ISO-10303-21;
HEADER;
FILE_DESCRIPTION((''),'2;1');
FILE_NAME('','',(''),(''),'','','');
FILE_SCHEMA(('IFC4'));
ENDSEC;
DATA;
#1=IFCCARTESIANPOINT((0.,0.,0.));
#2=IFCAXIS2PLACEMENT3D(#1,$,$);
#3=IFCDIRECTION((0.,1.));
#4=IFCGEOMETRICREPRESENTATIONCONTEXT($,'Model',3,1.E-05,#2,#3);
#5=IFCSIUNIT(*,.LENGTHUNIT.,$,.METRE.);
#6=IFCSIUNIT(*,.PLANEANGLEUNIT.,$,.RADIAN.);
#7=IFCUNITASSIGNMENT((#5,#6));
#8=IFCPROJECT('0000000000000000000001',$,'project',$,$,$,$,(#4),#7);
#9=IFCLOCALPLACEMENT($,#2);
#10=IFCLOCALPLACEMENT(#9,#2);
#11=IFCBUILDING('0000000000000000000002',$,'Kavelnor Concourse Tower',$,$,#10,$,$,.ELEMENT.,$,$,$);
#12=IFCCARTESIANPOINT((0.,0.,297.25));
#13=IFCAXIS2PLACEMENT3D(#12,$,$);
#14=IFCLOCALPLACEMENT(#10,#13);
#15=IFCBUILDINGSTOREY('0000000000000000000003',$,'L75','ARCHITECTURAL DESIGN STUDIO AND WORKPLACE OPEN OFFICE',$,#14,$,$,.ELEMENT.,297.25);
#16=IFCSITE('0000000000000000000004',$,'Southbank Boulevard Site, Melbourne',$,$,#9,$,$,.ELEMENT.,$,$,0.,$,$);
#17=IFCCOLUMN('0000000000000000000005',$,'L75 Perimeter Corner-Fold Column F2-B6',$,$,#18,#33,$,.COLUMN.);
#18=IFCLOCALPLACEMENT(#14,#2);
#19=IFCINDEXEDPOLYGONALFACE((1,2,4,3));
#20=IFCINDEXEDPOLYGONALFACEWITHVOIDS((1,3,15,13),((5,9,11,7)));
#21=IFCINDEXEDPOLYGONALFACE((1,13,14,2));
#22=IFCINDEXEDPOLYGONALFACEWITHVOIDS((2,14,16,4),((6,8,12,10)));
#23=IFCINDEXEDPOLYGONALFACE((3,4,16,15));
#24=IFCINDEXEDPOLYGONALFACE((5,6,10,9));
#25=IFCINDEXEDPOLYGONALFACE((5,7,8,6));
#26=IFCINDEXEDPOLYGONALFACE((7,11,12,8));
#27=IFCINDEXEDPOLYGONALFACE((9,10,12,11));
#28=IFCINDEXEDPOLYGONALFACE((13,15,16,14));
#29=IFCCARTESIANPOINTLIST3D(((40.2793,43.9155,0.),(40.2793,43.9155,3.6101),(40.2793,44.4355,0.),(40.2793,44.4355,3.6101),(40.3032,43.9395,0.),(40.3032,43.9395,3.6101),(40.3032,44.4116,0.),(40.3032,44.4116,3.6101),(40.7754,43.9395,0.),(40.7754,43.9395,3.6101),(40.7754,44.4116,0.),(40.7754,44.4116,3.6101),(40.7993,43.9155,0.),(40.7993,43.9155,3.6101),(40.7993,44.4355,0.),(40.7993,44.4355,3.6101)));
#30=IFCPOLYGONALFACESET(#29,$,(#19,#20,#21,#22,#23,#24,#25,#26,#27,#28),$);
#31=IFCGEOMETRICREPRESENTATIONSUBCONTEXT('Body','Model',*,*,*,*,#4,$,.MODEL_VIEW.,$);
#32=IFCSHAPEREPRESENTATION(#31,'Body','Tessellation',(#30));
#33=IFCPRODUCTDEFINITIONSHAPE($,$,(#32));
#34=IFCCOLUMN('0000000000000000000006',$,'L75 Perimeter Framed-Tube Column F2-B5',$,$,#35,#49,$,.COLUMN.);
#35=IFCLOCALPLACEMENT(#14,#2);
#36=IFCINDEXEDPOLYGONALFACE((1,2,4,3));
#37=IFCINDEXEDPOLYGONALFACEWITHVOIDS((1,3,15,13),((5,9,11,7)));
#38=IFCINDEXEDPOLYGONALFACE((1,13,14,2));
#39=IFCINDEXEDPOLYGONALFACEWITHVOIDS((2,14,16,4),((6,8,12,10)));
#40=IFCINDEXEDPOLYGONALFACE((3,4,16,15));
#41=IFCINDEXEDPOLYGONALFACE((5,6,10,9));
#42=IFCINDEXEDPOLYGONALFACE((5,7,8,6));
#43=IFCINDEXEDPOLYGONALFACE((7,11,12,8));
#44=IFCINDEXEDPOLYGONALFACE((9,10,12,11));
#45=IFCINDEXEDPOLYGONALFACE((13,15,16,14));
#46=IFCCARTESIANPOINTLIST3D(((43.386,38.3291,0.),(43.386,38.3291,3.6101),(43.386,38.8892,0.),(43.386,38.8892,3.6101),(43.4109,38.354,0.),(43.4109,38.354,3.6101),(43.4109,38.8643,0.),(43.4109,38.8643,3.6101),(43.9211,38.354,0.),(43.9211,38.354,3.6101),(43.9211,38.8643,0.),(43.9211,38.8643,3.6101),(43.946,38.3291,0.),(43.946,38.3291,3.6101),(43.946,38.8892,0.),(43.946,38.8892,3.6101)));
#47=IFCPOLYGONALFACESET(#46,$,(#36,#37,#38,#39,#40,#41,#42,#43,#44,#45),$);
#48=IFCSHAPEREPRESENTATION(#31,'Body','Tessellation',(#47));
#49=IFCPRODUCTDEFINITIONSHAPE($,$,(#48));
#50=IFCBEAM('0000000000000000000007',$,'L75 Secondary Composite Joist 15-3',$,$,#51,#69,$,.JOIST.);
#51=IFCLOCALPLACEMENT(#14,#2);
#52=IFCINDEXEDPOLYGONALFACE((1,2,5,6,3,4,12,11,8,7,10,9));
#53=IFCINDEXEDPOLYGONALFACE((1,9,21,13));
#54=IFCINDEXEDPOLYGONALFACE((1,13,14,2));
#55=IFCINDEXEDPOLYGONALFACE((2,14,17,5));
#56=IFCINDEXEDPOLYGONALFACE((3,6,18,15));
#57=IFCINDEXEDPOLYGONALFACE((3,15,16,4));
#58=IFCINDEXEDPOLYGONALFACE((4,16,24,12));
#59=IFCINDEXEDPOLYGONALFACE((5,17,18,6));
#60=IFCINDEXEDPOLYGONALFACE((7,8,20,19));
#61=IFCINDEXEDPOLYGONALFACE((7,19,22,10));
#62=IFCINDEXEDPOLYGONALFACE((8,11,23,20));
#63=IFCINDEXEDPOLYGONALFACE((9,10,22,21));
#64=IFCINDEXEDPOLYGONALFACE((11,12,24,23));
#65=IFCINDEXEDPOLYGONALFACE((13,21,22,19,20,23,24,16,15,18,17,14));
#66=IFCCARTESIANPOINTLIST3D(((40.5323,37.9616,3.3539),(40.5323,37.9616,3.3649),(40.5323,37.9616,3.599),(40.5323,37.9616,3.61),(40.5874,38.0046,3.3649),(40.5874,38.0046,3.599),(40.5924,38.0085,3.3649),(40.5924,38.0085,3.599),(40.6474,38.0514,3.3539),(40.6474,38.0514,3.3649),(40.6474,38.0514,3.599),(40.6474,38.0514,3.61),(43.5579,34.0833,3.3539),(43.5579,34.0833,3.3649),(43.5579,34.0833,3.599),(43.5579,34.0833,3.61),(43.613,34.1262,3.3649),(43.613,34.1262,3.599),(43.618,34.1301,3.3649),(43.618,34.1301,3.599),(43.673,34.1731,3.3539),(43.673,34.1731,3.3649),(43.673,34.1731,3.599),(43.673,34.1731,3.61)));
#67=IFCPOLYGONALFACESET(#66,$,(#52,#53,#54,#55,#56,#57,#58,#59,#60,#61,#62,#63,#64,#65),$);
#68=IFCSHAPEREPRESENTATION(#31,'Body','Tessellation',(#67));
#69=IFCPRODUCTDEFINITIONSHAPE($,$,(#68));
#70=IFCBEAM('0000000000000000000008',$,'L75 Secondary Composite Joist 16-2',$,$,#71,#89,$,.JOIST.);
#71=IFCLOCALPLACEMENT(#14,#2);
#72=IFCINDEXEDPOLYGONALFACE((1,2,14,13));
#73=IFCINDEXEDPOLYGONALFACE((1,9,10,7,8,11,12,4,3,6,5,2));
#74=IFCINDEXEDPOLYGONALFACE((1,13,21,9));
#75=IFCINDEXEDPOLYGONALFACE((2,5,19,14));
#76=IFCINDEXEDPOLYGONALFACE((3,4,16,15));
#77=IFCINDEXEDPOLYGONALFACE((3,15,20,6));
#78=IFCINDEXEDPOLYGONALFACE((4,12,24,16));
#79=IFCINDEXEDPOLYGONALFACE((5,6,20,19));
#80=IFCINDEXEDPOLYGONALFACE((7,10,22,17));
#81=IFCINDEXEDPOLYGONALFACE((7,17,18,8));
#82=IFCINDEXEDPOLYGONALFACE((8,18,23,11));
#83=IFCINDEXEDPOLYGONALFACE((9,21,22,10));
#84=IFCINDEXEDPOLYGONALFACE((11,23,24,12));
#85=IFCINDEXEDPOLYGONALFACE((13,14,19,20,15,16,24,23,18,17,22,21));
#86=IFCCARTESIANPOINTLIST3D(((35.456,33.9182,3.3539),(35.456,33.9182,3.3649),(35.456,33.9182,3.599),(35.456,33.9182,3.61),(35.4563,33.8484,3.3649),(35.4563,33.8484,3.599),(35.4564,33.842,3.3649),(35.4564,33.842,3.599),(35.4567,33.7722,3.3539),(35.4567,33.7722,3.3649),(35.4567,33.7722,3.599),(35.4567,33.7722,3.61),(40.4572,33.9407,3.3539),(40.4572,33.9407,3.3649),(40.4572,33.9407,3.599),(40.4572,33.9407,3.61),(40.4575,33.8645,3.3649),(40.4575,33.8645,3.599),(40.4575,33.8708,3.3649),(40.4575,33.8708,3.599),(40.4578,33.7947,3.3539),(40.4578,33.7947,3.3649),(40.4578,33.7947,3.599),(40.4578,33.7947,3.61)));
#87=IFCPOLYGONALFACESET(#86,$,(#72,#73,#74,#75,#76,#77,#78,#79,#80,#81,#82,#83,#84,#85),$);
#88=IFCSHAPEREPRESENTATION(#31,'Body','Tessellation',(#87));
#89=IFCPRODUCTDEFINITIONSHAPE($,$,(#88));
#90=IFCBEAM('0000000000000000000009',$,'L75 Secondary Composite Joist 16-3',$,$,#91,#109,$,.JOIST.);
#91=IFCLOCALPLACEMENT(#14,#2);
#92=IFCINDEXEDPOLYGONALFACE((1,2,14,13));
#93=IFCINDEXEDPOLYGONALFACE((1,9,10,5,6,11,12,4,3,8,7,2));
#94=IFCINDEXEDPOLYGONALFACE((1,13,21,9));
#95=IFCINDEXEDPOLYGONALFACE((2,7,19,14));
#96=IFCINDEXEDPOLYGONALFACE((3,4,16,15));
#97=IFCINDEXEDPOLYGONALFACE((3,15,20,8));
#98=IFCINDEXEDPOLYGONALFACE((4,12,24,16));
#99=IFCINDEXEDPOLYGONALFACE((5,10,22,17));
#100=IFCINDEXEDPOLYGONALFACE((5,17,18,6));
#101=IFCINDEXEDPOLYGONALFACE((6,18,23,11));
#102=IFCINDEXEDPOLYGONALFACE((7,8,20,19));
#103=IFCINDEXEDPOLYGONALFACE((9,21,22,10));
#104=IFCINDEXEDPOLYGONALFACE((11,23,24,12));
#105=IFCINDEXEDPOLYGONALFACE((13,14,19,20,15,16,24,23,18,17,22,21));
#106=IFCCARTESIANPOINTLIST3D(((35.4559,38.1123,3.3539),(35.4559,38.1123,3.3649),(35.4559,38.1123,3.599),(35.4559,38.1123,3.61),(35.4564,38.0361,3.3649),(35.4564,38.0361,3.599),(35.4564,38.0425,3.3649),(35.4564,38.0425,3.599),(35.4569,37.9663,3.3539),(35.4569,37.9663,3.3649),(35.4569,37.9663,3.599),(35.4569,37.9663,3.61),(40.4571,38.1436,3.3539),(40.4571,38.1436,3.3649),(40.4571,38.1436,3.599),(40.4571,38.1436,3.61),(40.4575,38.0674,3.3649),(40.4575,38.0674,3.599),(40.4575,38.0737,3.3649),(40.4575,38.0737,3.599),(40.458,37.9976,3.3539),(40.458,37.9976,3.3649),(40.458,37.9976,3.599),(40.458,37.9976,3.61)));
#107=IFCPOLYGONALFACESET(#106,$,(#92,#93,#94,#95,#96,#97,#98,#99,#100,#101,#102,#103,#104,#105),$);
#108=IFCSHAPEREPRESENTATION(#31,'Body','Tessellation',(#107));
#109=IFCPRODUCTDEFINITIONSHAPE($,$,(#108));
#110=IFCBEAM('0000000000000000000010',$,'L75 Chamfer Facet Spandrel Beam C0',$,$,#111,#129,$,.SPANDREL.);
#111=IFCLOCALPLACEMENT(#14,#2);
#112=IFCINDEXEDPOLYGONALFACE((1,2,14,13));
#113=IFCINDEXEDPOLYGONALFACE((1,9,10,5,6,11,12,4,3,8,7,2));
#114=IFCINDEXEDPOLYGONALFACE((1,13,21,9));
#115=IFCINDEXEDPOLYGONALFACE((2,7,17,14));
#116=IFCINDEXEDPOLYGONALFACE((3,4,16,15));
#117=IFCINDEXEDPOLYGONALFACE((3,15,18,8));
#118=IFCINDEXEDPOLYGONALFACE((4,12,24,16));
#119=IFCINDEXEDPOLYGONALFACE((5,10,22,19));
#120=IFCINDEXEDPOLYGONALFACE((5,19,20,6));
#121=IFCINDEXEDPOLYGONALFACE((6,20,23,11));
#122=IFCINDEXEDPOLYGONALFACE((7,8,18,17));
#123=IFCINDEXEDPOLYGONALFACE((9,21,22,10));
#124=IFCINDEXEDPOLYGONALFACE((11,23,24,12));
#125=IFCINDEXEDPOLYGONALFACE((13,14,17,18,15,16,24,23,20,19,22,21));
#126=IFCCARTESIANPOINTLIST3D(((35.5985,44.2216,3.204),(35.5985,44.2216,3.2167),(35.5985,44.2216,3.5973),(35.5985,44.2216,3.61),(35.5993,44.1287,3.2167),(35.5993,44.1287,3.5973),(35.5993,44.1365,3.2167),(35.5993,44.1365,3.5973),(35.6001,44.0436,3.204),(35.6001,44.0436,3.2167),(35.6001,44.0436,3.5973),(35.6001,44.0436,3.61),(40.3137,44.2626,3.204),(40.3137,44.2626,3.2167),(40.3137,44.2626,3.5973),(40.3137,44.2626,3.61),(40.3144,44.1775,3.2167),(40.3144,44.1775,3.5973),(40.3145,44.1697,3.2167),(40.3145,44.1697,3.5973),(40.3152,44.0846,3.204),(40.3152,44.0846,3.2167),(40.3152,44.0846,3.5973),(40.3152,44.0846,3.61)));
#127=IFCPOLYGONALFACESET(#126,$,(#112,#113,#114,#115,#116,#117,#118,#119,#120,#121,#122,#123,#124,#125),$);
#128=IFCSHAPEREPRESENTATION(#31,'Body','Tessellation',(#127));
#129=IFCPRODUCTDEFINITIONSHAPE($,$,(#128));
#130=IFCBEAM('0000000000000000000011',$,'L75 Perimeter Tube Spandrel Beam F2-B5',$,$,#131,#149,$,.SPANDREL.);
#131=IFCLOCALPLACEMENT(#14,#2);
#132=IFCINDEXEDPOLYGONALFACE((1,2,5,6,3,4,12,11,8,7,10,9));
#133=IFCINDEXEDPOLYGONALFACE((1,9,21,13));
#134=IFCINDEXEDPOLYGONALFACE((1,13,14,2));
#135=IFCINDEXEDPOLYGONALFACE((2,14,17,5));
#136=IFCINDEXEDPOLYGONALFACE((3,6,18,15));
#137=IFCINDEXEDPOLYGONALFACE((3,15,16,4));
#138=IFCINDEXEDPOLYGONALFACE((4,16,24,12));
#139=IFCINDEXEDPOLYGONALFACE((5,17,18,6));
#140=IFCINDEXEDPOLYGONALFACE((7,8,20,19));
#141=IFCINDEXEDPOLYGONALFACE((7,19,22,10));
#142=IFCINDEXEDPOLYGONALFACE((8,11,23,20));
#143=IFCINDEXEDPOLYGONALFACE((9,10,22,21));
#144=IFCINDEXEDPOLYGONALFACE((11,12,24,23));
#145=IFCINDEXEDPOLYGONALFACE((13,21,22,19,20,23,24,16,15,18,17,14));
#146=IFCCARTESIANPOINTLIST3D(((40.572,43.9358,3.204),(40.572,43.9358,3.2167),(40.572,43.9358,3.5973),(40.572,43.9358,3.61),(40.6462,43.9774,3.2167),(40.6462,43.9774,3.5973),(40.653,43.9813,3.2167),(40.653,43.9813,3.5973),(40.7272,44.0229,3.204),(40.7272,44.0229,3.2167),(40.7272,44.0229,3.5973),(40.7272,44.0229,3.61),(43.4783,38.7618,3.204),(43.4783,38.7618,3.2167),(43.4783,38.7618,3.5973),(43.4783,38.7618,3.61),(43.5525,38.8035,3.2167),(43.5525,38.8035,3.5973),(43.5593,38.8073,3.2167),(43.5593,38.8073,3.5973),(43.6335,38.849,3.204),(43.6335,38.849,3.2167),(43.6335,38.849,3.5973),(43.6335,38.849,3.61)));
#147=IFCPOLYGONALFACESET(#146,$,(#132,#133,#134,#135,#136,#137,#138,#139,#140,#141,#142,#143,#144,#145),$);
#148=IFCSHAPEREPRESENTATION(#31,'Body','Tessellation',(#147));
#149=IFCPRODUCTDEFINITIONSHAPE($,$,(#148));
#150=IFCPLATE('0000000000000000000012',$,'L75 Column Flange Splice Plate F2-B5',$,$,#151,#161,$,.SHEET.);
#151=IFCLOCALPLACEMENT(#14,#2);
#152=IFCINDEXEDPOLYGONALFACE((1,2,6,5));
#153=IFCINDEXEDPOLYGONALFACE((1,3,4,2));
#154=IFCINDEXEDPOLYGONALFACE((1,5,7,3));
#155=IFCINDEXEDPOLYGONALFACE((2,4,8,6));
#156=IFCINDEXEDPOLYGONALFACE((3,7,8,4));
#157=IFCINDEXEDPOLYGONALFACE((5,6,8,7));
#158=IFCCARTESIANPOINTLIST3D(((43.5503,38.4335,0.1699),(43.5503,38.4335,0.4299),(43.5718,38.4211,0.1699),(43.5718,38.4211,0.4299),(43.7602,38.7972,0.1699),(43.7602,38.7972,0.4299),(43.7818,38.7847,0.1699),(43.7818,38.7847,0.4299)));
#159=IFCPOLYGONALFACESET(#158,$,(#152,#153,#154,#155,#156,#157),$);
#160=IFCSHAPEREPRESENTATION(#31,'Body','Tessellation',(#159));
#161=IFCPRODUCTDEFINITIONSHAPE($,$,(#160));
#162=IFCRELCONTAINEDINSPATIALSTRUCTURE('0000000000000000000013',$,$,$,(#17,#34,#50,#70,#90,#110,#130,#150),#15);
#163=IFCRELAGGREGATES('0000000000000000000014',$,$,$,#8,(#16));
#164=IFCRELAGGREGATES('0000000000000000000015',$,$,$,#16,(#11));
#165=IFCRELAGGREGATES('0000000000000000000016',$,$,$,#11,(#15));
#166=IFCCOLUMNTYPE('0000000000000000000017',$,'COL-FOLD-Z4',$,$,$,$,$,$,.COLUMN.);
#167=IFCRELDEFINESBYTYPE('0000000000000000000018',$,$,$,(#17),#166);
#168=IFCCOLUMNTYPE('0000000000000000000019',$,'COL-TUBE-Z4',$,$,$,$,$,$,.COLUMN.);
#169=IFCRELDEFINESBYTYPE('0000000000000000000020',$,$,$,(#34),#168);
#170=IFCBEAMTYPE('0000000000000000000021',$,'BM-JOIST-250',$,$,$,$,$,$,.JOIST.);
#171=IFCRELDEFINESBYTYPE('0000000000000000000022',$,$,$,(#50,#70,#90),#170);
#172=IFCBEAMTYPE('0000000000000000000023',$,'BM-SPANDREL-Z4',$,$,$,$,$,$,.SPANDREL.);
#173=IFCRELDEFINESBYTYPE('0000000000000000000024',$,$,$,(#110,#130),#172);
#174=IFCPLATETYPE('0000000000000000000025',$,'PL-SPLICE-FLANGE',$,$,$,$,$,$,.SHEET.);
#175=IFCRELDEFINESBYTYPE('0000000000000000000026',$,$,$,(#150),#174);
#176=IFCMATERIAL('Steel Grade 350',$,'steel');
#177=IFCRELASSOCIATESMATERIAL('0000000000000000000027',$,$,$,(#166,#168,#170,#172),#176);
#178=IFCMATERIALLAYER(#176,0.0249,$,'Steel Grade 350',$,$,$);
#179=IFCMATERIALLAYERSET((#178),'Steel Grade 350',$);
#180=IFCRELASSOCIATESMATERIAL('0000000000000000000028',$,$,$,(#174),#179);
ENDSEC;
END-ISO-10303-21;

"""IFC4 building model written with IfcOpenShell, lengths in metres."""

from ifc_helpers import new_model, si_unit, direction, frame, origin, origin_2d, place, context, subcontext, project, spatial, rectangle, hollow_rectangle, i_section, extrude, material, layer, layer_set, material_profile, profile_set, type_object, element, save


model = new_model("IFC4")

# Units and contexts
model_context = context("Model", 3, precision=1e-05, world=origin(), true_north=direction((0.0, 1.0)))
body_context = subcontext(model_context, "Body", "Model", "MODEL_VIEW")
ifc_project = project(units=[si_unit("LENGTHUNIT", "METRE"), si_unit("PLANEANGLEUNIT", "RADIAN")], contexts=[model_context])

# Site, building, storey
site_placement = place(None, origin())
site = spatial("IfcSite", under=ifc_project, at=site_placement, Name="Southbank Boulevard Site, Melbourne", CompositionType="ELEMENT", RefElevation=0.0)
building_placement = place(site_placement, origin())
building = spatial("IfcBuilding", under=site, at=building_placement, Name="Kavelnor Concourse Tower", CompositionType="ELEMENT")
storey_placement = place(building_placement, frame((0.0, 0.0, 297.25)))
storey = spatial("IfcBuildingStorey", under=building, at=storey_placement, Name="L75", Description="ARCHITECTURAL DESIGN STUDIO AND WORKPLACE OPEN OFFICE", CompositionType="ELEMENT", Elevation=297.25)

# Columns
ifc_material_1 = material(Name="Steel Grade 350", Category="steel")
ifc_material_profile_1 = material_profile(ifc_material_1, hollow_rectangle(XDim=0.52, YDim=0.52, WallThickness=0.0239, at=origin_2d()), Name="SHS 520x520x24")
ifc_profile_set_1 = profile_set([ifc_material_profile_1], Name="Steel Grade 350")
column_type_1 = type_object("IfcColumnType", Name="COL-FOLD-Z4", PredefinedType="COLUMN", material=ifc_profile_set_1)
column_1_placement = place(storey_placement, frame((40.5393, 44.1755, 0.0), z_axis=(0.0, 0.0, 1.0), x_axis=(1.0, 0.0, 0.0)))
element("IfcColumn", 1, at=column_1_placement, inside=storey, type_object=column_type_1, Name="L75 Perimeter Corner-Fold Column F2-B6", PredefinedType="COLUMN", context=body_context, shape_type="SweptSolid", body=[
    extrude(hollow_rectangle(XDim=0.52, YDim=0.52, WallThickness=0.0239, at=origin_2d()), origin(), (0.0, 0.0, 1.0), 3.6101),
])
ifc_material_profile_2 = material_profile(ifc_material_1, hollow_rectangle(XDim=0.5601, YDim=0.5601, WallThickness=0.0249, at=origin_2d()), Name="SHS 560x560x25")
ifc_profile_set_2 = profile_set([ifc_material_profile_2], Name="Steel Grade 350")
column_type_2 = type_object("IfcColumnType", Name="COL-TUBE-Z4", PredefinedType="COLUMN", material=ifc_profile_set_2)
column_2_placement = place(storey_placement, frame((43.666, 38.6091, 0.0), z_axis=(0.0, 0.0, 1.0), x_axis=(1.0, 0.0, 0.0)))
element("IfcColumn", 2, at=column_2_placement, inside=storey, type_object=column_type_2, Name="L75 Perimeter Framed-Tube Column F2-B5", PredefinedType="COLUMN", context=body_context, shape_type="SweptSolid", body=[
    extrude(hollow_rectangle(XDim=0.5601, YDim=0.5601, WallThickness=0.0249, at=origin_2d()), origin(), (0.0, 0.0, 1.0), 3.6101),
])

# Beams
ifc_material_profile_3 = material_profile(ifc_material_1, i_section(OverallWidth=0.146, OverallDepth=0.2561, WebThickness=0.0063, FlangeThickness=0.011, at=origin_2d()), Name="250UB37")
ifc_profile_set_3 = profile_set([ifc_material_profile_3], Name="Steel Grade 350")
beam_type_1 = type_object("IfcBeamType", Name="BM-JOIST-250", PredefinedType="JOIST", material=ifc_profile_set_3)
beam_1_placement = place(storey_placement, frame((43.6155, 34.1282, 3.4819), z_axis=(-0.615091, 0.788456, 0.0), x_axis=(-0.788456, -0.615091, 0.0)))
element("IfcBeam", 3, at=beam_1_placement, inside=storey, type_object=beam_type_1, Name="L75 Secondary Composite Joist 15-3", PredefinedType="JOIST", context=body_context, shape_type="SweptSolid", body=[
    extrude(i_section(OverallWidth=0.146, OverallDepth=0.2561, WebThickness=0.0063, FlangeThickness=0.011, at=origin_2d()), origin(), (0.0, 0.0, 1.0), 4.9189),
])
for number, where, z_axis, x_axis, name in (
    (4, (40.4575, 33.8677, 3.4819), (-0.99999, -0.004491, 0.0), (0.004491, -0.99999, 0.0), "L75 Secondary Composite Joist 16-2"),
    (5, (40.4575, 38.0706, 3.4819), (-0.99998, -0.006248, 0.0), (0.006248, -0.99998, 0.0), "L75 Secondary Composite Joist 16-3"),
):
    element("IfcBeam", number, at=place(storey_placement, frame(where, z_axis=z_axis, x_axis=x_axis)), inside=storey, type_object=beam_type_1, Name=name, PredefinedType="JOIST", context=body_context, shape_type="SweptSolid", body=[
        extrude(i_section(OverallWidth=0.146, OverallDepth=0.2561, WebThickness=0.0063, FlangeThickness=0.011, at=origin_2d()), origin(), (0.0, 0.0, 1.0), 5.0012),
    ])
ifc_material_profile_4 = material_profile(ifc_material_1, i_section(OverallWidth=0.178, OverallDepth=0.406, WebThickness=0.0078, FlangeThickness=0.0127, at=origin_2d()), Name="410UB59")
ifc_profile_set_4 = profile_set([ifc_material_profile_4], Name="Steel Grade 350")
beam_type_2 = type_object("IfcBeamType", Name="BM-SPANDREL-Z4", PredefinedType="SPANDREL", material=ifc_profile_set_4)
beam_2_placement = place(storey_placement, frame((40.3145, 44.1736, 3.407), z_axis=(-0.999962, -0.008698, 0.0), x_axis=(0.008698, -0.999962, 0.0)))
element("IfcBeam", 6, at=beam_2_placement, inside=storey, type_object=beam_type_2, Name="L75 Chamfer Facet Spandrel Beam C0", PredefinedType="SPANDREL", context=body_context, shape_type="SweptSolid", body=[
    extrude(i_section(OverallWidth=0.178, OverallDepth=0.406, WebThickness=0.0078, FlangeThickness=0.0127, at=origin_2d()), origin(), (0.0, 0.0, 1.0), 4.7153),
])
beam_3_placement = place(storey_placement, frame((43.5559, 38.8054, 3.407), z_axis=(-0.489745, 0.871865, 0.0), x_axis=(-0.871865, -0.489745, 0.0)))
element("IfcBeam", 7, at=beam_3_placement, inside=storey, type_object=beam_type_2, Name="L75 Perimeter Tube Spandrel Beam F2-B5", PredefinedType="SPANDREL", context=body_context, shape_type="SweptSolid", body=[
    extrude(i_section(OverallWidth=0.178, OverallDepth=0.406, WebThickness=0.0078, FlangeThickness=0.0127, at=origin_2d()), origin(), (0.0, 0.0, 1.0), 5.9343),
])

# Plate
ifc_layer_1 = layer(ifc_material_1, 0.0249, Name="Steel Grade 350")
ifc_layer_set_1 = layer_set([ifc_layer_1], Name="Steel Grade 350")
plate_type = type_object("IfcPlateType", Name="PL-SPLICE-FLANGE", PredefinedType="SHEET", material=ifc_layer_set_1)
plate_placement = place(storey_placement, frame((43.666, 38.6091, 0.1699), z_axis=(0.0, 0.0, 1.0), x_axis=(-0.5, -0.866025, 0.0)))
element("IfcPlate", 8, at=plate_placement, inside=storey, type_object=plate_type, Name="L75 Column Flange Splice Plate F2-B5", PredefinedType="SHEET", context=body_context, shape_type="SweptSolid", body=[
    extrude(rectangle(XDim=0.4199, YDim=0.0249, at=origin_2d()), origin(), (0.0, 0.0, 1.0), 0.26),
])

save(model, "model.ifc")
